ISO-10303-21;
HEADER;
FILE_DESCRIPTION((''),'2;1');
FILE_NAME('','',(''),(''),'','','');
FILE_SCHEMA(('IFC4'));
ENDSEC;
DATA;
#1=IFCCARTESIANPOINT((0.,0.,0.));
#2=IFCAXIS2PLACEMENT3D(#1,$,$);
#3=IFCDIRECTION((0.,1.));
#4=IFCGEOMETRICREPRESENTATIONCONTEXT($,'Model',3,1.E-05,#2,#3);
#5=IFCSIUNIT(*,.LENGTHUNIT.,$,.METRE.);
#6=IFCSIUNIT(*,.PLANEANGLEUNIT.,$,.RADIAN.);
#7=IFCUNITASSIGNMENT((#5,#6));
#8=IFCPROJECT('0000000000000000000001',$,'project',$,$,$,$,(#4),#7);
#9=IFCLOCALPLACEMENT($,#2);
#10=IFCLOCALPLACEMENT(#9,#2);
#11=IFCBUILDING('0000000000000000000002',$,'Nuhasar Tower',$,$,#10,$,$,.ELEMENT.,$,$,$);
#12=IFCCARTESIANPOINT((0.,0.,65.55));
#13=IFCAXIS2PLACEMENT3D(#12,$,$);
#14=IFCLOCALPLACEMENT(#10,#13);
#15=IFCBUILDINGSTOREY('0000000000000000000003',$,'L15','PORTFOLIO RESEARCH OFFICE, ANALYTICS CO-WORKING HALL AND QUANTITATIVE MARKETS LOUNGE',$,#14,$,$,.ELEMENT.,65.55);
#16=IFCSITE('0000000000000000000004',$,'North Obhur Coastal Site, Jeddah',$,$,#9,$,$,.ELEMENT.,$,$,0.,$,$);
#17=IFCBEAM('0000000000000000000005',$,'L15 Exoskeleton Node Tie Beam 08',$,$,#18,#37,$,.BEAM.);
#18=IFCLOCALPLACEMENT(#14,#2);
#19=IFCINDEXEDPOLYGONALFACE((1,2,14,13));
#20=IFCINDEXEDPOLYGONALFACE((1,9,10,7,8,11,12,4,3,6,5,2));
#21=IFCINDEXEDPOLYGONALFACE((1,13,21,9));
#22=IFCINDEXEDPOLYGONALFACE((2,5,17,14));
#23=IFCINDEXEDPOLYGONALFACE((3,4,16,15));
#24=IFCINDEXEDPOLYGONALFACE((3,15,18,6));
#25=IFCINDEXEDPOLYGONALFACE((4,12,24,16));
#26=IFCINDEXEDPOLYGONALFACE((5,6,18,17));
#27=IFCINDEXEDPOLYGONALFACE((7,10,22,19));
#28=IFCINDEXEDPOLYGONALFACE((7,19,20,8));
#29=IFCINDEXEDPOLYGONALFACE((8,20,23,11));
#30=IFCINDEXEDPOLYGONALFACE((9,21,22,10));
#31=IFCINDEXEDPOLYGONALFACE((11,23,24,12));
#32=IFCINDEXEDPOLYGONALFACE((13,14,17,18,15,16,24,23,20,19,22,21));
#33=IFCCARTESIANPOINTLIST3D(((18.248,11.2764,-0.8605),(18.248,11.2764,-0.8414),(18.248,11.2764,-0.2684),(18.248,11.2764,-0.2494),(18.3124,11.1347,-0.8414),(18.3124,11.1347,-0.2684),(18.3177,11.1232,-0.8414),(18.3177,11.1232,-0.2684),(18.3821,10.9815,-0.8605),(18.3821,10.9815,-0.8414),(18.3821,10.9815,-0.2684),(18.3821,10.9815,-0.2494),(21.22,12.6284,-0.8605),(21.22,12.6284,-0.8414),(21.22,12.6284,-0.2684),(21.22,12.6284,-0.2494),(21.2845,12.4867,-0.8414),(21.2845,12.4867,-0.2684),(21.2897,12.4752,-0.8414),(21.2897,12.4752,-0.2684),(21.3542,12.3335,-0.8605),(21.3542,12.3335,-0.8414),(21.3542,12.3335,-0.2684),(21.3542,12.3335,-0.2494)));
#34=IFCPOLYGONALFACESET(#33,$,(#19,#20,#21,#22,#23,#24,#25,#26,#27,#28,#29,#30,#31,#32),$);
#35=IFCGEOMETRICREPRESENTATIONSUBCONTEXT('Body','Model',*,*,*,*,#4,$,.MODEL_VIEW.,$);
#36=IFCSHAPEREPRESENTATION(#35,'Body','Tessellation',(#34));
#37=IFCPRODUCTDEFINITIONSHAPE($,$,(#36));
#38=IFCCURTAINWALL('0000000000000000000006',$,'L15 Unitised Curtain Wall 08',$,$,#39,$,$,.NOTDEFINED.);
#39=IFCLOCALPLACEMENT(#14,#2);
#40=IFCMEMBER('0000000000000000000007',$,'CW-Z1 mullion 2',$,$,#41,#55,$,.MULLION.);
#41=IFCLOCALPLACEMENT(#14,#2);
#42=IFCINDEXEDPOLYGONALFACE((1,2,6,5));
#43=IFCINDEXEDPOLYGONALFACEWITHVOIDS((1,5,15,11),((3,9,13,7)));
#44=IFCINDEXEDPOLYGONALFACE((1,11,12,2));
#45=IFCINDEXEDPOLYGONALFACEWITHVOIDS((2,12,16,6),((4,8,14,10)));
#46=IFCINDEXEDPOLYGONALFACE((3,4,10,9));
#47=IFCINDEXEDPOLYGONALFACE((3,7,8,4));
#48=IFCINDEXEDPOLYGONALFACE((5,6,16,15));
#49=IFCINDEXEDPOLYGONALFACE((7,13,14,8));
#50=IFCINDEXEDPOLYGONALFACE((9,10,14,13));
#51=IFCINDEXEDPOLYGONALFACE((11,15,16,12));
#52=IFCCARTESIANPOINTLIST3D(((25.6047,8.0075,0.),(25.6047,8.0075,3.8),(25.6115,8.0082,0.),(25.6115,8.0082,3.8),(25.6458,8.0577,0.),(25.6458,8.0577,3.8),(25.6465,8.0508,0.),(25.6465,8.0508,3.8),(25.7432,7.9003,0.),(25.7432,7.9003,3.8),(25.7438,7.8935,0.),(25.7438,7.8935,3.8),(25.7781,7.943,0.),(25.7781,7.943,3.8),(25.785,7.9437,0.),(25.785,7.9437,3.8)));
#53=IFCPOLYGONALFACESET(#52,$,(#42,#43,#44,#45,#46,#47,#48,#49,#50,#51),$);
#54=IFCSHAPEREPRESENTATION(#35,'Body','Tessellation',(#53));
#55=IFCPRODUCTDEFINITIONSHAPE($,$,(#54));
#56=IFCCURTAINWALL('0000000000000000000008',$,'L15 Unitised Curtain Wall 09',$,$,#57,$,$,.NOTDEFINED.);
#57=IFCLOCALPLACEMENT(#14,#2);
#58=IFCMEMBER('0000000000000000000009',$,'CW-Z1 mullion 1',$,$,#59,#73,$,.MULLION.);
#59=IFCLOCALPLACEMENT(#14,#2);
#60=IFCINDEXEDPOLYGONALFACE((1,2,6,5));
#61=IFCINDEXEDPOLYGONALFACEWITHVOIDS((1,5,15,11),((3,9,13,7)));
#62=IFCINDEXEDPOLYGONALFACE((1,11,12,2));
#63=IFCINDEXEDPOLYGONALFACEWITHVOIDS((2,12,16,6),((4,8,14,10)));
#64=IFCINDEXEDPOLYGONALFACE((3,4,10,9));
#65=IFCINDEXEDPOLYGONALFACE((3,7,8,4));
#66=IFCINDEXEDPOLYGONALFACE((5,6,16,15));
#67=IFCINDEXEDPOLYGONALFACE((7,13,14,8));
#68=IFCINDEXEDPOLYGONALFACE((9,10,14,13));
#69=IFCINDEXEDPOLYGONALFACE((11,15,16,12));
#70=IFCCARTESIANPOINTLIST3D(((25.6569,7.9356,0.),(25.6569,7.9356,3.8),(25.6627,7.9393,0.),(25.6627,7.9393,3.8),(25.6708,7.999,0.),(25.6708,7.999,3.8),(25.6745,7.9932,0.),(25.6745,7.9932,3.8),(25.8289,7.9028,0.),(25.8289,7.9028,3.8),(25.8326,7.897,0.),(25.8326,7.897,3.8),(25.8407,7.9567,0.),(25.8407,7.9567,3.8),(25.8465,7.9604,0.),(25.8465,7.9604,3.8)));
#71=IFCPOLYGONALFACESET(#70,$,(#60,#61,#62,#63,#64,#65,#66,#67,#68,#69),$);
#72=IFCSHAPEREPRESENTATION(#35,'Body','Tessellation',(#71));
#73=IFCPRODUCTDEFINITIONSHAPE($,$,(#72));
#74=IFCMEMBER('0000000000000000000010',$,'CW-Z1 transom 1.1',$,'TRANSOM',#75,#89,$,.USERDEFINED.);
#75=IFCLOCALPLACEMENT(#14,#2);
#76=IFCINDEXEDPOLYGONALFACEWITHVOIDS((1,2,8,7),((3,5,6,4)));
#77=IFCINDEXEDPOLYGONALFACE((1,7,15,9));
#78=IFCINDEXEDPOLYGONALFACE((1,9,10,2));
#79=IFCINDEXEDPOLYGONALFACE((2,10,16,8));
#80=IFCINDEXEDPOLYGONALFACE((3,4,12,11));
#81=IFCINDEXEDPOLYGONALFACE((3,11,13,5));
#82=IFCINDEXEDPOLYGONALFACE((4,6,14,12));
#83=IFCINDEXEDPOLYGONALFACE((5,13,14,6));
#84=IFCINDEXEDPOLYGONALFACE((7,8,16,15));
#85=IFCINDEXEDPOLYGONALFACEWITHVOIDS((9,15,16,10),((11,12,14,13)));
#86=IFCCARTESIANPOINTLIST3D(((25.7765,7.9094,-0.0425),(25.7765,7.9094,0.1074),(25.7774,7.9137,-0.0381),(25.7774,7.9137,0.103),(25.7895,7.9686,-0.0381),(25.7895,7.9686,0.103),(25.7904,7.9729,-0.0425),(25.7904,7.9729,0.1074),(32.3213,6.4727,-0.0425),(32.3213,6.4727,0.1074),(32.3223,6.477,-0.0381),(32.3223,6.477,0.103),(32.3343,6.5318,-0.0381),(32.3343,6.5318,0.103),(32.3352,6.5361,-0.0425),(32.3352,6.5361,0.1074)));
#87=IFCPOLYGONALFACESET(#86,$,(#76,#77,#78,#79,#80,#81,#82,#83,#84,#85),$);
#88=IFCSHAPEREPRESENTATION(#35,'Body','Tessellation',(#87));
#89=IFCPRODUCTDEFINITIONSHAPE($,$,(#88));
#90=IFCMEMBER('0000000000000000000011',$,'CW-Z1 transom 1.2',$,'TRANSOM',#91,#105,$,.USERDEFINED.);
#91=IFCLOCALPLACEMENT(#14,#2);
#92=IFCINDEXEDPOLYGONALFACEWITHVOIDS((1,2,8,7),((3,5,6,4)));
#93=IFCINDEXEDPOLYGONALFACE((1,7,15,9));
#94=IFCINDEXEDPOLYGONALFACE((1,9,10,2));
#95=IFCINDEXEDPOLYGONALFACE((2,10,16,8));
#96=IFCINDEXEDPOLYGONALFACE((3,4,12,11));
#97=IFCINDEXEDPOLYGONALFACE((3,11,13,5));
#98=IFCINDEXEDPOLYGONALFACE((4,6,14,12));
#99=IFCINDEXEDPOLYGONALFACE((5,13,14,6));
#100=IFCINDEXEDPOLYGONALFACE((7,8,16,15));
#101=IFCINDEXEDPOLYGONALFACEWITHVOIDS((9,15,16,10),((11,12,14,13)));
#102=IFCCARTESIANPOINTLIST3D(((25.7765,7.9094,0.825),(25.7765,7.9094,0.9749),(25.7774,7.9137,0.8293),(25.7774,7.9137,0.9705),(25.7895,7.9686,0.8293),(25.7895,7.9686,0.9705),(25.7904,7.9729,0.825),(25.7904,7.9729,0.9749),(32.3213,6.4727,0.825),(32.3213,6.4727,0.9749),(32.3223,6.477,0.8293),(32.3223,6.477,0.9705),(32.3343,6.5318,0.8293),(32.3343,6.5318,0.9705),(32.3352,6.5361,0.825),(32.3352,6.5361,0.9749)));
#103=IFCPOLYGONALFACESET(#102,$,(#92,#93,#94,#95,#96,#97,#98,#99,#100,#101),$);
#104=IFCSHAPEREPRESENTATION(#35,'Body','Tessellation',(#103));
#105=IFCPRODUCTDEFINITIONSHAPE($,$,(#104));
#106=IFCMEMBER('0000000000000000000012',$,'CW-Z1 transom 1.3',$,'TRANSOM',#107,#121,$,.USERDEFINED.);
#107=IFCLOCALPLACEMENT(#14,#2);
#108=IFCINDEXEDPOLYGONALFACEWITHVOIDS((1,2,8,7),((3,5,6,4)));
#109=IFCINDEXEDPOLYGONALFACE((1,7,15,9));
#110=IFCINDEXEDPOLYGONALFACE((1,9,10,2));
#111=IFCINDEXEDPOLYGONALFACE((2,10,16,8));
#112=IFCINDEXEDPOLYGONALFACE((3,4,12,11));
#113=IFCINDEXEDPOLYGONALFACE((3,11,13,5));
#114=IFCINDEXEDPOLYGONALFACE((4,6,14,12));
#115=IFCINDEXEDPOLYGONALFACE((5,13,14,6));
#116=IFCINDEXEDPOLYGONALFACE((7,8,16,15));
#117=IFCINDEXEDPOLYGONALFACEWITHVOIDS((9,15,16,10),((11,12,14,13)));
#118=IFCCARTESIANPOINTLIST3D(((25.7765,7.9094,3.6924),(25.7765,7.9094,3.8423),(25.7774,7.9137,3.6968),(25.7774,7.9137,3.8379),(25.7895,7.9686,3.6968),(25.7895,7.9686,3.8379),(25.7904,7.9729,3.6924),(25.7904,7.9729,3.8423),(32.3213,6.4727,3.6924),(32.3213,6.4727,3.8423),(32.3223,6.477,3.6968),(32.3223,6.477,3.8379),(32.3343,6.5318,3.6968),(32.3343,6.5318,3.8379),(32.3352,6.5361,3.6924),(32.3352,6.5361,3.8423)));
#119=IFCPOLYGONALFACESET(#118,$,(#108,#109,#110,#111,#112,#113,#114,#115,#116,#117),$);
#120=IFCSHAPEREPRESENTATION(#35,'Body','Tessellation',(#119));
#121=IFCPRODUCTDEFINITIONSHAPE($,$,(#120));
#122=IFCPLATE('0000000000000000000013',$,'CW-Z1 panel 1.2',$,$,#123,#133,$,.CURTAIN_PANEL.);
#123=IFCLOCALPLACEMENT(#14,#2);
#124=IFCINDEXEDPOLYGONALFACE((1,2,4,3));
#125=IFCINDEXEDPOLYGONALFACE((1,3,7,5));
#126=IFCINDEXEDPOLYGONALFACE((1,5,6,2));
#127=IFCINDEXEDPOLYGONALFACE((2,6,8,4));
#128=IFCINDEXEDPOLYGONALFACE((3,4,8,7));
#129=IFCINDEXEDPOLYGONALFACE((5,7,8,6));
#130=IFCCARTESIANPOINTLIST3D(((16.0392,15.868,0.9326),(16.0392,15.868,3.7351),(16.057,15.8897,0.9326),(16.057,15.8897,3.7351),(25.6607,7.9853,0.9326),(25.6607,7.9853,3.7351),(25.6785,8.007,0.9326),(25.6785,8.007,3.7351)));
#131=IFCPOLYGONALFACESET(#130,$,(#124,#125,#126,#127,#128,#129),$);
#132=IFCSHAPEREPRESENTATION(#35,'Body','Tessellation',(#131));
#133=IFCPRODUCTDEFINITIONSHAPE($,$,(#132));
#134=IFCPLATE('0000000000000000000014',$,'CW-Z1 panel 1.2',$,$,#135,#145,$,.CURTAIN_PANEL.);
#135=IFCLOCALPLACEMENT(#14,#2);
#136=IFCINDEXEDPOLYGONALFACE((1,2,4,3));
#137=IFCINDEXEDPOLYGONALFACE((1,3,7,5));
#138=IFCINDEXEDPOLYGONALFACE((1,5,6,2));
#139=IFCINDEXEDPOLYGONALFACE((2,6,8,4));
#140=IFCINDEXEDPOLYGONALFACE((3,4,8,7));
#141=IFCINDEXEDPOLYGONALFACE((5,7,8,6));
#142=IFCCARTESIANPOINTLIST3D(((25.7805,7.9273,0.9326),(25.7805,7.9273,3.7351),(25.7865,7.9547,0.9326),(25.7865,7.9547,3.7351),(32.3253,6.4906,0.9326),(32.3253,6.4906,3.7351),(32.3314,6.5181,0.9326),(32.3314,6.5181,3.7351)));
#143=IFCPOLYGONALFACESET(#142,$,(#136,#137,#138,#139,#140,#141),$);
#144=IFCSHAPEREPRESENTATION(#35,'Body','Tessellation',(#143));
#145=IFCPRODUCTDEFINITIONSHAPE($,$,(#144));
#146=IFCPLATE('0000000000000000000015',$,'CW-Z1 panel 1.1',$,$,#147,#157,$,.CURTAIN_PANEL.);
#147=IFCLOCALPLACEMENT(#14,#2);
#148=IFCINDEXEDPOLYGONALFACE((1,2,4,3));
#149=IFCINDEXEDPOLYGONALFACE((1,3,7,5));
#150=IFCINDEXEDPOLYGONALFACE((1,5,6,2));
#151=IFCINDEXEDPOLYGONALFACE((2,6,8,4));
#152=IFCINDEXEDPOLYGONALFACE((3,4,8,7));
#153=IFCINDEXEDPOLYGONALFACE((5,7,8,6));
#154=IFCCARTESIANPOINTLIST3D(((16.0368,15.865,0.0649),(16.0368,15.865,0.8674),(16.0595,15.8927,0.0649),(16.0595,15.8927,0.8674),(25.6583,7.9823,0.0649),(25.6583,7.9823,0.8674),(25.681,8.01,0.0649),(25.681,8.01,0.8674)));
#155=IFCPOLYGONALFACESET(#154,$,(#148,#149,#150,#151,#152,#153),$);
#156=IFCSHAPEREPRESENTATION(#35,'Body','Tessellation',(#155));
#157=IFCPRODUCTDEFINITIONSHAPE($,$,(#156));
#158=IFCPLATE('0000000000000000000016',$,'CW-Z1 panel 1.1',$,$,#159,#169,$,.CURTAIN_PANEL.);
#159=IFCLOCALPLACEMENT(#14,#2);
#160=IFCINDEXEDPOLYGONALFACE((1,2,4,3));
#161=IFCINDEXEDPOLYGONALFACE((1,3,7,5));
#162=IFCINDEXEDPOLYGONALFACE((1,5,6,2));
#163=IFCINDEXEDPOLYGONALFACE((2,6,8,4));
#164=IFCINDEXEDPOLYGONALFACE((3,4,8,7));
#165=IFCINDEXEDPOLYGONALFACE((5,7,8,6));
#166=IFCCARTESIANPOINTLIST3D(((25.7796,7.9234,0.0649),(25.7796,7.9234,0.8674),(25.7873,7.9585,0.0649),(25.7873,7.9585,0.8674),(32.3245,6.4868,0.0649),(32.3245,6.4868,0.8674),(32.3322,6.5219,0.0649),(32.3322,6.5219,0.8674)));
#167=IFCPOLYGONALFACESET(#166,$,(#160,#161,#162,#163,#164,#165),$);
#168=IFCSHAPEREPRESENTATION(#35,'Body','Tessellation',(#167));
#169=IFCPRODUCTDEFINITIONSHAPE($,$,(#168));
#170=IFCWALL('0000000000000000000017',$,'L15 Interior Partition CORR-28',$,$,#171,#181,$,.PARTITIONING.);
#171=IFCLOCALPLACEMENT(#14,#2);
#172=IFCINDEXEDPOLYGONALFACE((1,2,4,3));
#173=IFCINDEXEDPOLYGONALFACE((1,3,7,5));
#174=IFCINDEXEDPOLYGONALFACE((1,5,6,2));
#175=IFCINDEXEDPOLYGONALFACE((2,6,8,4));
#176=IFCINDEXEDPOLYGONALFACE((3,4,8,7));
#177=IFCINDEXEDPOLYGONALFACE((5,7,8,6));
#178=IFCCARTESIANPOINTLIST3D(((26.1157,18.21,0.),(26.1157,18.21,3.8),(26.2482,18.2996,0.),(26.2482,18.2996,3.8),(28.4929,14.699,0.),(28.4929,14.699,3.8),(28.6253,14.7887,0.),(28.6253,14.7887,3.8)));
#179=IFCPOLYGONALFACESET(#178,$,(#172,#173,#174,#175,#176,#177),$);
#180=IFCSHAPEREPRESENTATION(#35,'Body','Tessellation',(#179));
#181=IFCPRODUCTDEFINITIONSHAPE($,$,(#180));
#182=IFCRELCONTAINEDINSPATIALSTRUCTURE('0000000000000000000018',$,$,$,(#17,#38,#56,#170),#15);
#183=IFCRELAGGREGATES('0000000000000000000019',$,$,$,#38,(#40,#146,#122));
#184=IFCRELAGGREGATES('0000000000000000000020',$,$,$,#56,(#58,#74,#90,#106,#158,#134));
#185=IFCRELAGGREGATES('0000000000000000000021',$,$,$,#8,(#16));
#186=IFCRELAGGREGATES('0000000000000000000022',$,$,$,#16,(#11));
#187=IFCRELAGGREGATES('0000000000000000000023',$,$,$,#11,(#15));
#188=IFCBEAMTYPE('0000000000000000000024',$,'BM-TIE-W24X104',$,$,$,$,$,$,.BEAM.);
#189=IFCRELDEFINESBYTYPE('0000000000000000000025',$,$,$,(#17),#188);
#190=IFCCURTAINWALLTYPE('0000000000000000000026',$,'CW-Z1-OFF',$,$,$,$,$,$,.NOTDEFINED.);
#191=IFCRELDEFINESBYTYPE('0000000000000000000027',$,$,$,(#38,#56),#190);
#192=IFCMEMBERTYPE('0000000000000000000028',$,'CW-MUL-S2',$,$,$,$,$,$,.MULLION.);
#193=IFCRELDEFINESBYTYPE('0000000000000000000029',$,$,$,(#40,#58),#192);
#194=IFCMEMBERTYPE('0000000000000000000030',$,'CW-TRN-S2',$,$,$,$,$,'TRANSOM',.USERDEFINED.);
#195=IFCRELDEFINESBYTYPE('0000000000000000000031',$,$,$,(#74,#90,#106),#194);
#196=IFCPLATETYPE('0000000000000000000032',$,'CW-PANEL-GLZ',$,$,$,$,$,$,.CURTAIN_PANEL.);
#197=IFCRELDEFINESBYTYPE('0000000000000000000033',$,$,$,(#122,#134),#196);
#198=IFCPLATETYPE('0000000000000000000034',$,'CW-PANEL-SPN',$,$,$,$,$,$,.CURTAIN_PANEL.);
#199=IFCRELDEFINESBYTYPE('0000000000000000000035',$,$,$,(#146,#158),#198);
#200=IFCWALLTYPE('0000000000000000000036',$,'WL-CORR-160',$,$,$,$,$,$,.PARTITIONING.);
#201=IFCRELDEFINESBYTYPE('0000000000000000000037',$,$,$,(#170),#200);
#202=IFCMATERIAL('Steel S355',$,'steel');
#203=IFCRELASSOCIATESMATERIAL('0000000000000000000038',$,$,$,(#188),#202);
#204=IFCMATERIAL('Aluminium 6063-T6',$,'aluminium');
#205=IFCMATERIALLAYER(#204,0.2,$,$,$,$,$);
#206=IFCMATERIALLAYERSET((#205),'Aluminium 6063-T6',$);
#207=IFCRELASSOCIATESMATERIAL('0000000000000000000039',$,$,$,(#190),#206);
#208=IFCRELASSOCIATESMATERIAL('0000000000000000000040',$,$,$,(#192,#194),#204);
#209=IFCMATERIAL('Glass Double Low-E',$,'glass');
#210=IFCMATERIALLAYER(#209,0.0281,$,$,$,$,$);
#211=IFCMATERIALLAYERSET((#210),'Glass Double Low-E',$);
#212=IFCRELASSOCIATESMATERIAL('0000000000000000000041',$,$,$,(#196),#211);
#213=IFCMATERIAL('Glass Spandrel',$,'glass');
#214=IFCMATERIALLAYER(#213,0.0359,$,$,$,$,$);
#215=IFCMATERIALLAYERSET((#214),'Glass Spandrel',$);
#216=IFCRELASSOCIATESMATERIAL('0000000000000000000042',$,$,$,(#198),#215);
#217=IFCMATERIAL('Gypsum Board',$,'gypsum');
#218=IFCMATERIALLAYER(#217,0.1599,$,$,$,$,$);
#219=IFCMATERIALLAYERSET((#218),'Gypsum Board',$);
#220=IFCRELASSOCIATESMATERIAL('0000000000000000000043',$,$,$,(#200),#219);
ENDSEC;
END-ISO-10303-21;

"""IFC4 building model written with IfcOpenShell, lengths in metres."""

from ifc_helpers import new_model, si_unit, direction, frame, frame_2d, origin, origin_2d, place, context, subcontext, project, spatial, rectangle, hollow_rectangle, i_section, extrude, material, layer, layer_set, material_profile, profile_set, type_object, element, aggregate, save


model = new_model("IFC4")

# Units and contexts
model_context = context("Model", 3, precision=1e-05, world=origin(), true_north=direction((0.0, 1.0)))
body_context = subcontext(model_context, "Body", "Model", "MODEL_VIEW")
ifc_project = project(units=[si_unit("LENGTHUNIT", "METRE"), si_unit("PLANEANGLEUNIT", "RADIAN")], contexts=[model_context])

# Site, building, storey
site_placement = place(None, origin())
site = spatial("IfcSite", under=ifc_project, at=site_placement, Name="North Obhur Coastal Site, Jeddah", CompositionType="ELEMENT", RefElevation=0.0)
building_placement = place(site_placement, origin())
building = spatial("IfcBuilding", under=site, at=building_placement, Name="Nuhasar Tower", CompositionType="ELEMENT")
storey_placement = place(building_placement, frame((0.0, 0.0, 65.55)))
storey = spatial("IfcBuildingStorey", under=building, at=storey_placement, Name="L15", Description="PORTFOLIO RESEARCH OFFICE, ANALYTICS CO-WORKING HALL AND QUANTITATIVE MARKETS LOUNGE", CompositionType="ELEMENT", Elevation=65.55)

# Beam
ifc_material_1 = material(Name="Steel S355", Category="steel")
ifc_material_profile_1 = material_profile(ifc_material_1, i_section(OverallWidth=0.324, OverallDepth=0.6111, WebThickness=0.0127, FlangeThickness=0.019, at=origin_2d()), Name="W24X104")
ifc_profile_set_1 = profile_set([ifc_material_profile_1], Name="Steel S355")
beam_type_1 = type_object("IfcBeamType", Name="BM-TIE-W24X104", PredefinedType="BEAM", material=ifc_profile_set_1)
beam_1_placement = place(storey_placement, frame((21.2871, 12.481, -0.5549), z_axis=(-0.910244, -0.414073, 0.0), x_axis=(0.414073, -0.910244, 0.0)))
element("IfcBeam", 1, at=beam_1_placement, inside=storey, type_object=beam_type_1, Name="L15 Exoskeleton Node Tie Beam 08", PredefinedType="BEAM", context=body_context, shape_type="SweptSolid", body=[
    extrude(i_section(OverallWidth=0.324, OverallDepth=0.6111, WebThickness=0.0127, FlangeThickness=0.019, at=origin_2d()), origin(), (0.0, 0.0, 1.0), 3.2651),
])

# Curtain wall, member
ifc_material_2 = material(Name="Aluminium 6063-T6", Category="aluminium")
ifc_layer_1 = layer(ifc_material_2, 0.2)
ifc_layer_set_1 = layer_set([ifc_layer_1], Name="Aluminium 6063-T6")
curtain_wall_type = type_object("IfcCurtainWallType", Name="CW-Z1-OFF", PredefinedType="NOTDEFINED", material=ifc_layer_set_1)
curtain_wall_1_placement = place(storey_placement, origin())
curtain_wall_1 = element("IfcCurtainWall", 2, at=curtain_wall_1_placement, inside=storey, type_object=curtain_wall_type, Name="L15 Unitised Curtain Wall 08", PredefinedType="NOTDEFINED")
ifc_material_profile_2 = material_profile(ifc_material_2, hollow_rectangle(XDim=0.0649, YDim=0.1799, WallThickness=0.0049, at=origin_2d()), Name="CWM-2")
ifc_profile_set_2 = profile_set([ifc_material_profile_2], Name="Aluminium 6063-T6")
member_type_1 = type_object("IfcMemberType", Name="CW-MUL-S2", PredefinedType="MULLION", material=ifc_profile_set_2)
member_1_placement = place(storey_placement, frame((25.6948, 7.9756, 0.0), z_axis=(0.0, 0.0, 1.0), x_axis=(0.633745, 0.773542, 0.0)))
member_1 = element("IfcMember", 3, at=member_1_placement, type_object=member_type_1, Name="CW-Z1 mullion 2", PredefinedType="MULLION", context=body_context, shape_type="SweptSolid", body=[
    extrude(hollow_rectangle(XDim=0.0649, YDim=0.1799, WallThickness=0.0049, at=origin_2d()), origin(), (0.0, 0.0, 1.0), 3.8),
])

# Curtain wall, members
curtain_wall_2_placement = place(storey_placement, origin())
curtain_wall_2 = element("IfcCurtainWall", 4, at=curtain_wall_2_placement, inside=storey, type_object=curtain_wall_type, Name="L15 Unitised Curtain Wall 09", PredefinedType="NOTDEFINED")
member_2_placement = place(storey_placement, frame((25.7517, 7.948, 0.0), z_axis=(0.0, 0.0, 1.0), x_axis=(0.214399, 0.976746, 0.0)))
member_2 = element("IfcMember", 5, at=member_2_placement, type_object=member_type_1, Name="CW-Z1 mullion 1", PredefinedType="MULLION", context=body_context, shape_type="SweptSolid", body=[
    extrude(hollow_rectangle(XDim=0.0649, YDim=0.1799, WallThickness=0.0049, at=origin_2d()), origin(), (0.0, 0.0, 1.0), 3.8),
])
ifc_material_profile_3 = material_profile(ifc_material_2, hollow_rectangle(XDim=0.0649, YDim=0.1499, WallThickness=0.0044, at=origin_2d()), Name="CWT-2")
ifc_profile_set_3 = profile_set([ifc_material_profile_3], Name="Aluminium 6063-T6")
member_type_2 = type_object("IfcMemberType", Name="CW-TRN-S2", ElementType="TRANSOM", PredefinedType="USERDEFINED", material=ifc_profile_set_3)
member_3_placement = place(storey_placement, frame((25.7834, 7.9412, 0.0325), z_axis=(0.976742, -0.214418, 0.0), x_axis=(0.214418, 0.976742, 0.0)))
member_3 = element("IfcMember", 6, at=member_3_placement, type_object=member_type_2, Name="CW-Z1 transom 1.1", ObjectType="TRANSOM", PredefinedType="USERDEFINED", context=body_context, shape_type="SweptSolid", body=[
    extrude(hollow_rectangle(XDim=0.0649, YDim=0.1499, WallThickness=0.0044, at=origin_2d()), origin(), (0.0, 0.0, 1.0), 6.7007),
])
member_4_placement = place(storey_placement, frame((25.7834, 7.9412, 0.8999), z_axis=(0.976742, -0.214418, 0.0), x_axis=(0.214418, 0.976742, 0.0)))
member_4 = element("IfcMember", 7, at=member_4_placement, type_object=member_type_2, Name="CW-Z1 transom 1.2", ObjectType="TRANSOM", PredefinedType="USERDEFINED", context=body_context, shape_type="SweptSolid", body=[
    extrude(hollow_rectangle(XDim=0.0649, YDim=0.1499, WallThickness=0.0044, at=origin_2d()), origin(), (0.0, 0.0, 1.0), 6.7007),
])
member_5_placement = place(storey_placement, frame((25.7834, 7.9412, 3.7673), z_axis=(0.976742, -0.214418, 0.0), x_axis=(0.214418, 0.976742, 0.0)))
member_5 = element("IfcMember", 8, at=member_5_placement, type_object=member_type_2, Name="CW-Z1 transom 1.3", ObjectType="TRANSOM", PredefinedType="USERDEFINED", context=body_context, shape_type="SweptSolid", body=[
    extrude(hollow_rectangle(XDim=0.0649, YDim=0.1499, WallThickness=0.0044, at=origin_2d()), origin(), (0.0, 0.0, 1.0), 6.7007),
])

# Plates
ifc_material_3 = material(Name="Glass Double Low-E", Category="glass")
ifc_layer_2 = layer(ifc_material_3, 0.0281)
ifc_layer_set_2 = layer_set([ifc_layer_2], Name="Glass Double Low-E")
plate_type_1 = type_object("IfcPlateType", Name="CW-PANEL-GLZ", PredefinedType="CURTAIN_PANEL", material=ifc_layer_set_2)
plate_1_placement = place(storey_placement, frame((20.8589, 11.9375, 0.9326), z_axis=(0.0, 0.0, 1.0), x_axis=(0.773542, -0.633745, 0.0)))
plate_1 = element("IfcPlate", 9, at=plate_1_placement, type_object=plate_type_1, Name="CW-Z1 panel 1.2", PredefinedType="CURTAIN_PANEL", context=body_context, shape_type="SweptSolid", body=[
    extrude(rectangle(XDim=12.4382, YDim=0.0281, at=origin_2d()), origin(), (0.0, 0.0, 1.0), 2.8025),
])
plate_2_placement = place(storey_placement, frame((29.0559, 7.2227, 0.9326), z_axis=(0.0, 0.0, 1.0), x_axis=(0.976746, -0.214399, 0.0)))
plate_2 = element("IfcPlate", 10, at=plate_2_placement, type_object=plate_type_1, Name="CW-Z1 panel 1.2", PredefinedType="CURTAIN_PANEL", context=body_context, shape_type="SweptSolid", body=[
    extrude(rectangle(XDim=6.7007, YDim=0.0281, at=origin_2d()), origin(), (0.0, 0.0, 1.0), 2.8025),
])
ifc_material_4 = material(Name="Glass Spandrel", Category="glass")
ifc_layer_3 = layer(ifc_material_4, 0.0359)
ifc_layer_set_3 = layer_set([ifc_layer_3], Name="Glass Spandrel")
plate_type_2 = type_object("IfcPlateType", Name="CW-PANEL-SPN", PredefinedType="CURTAIN_PANEL", material=ifc_layer_set_3)
plate_3_placement = place(storey_placement, frame((20.8589, 11.9375, 0.0649), z_axis=(0.0, 0.0, 1.0), x_axis=(0.773542, -0.633745, 0.0)))
plate_3 = element("IfcPlate", 11, at=plate_3_placement, type_object=plate_type_2, Name="CW-Z1 panel 1.1", PredefinedType="CURTAIN_PANEL", context=body_context, shape_type="SweptSolid", body=[
    extrude(rectangle(XDim=12.4382, YDim=0.0359, at=origin_2d()), origin(), (0.0, 0.0, 1.0), 0.8025),
])
aggregate(curtain_wall_1, [member_1, plate_3, plate_1])
plate_4_placement = place(storey_placement, frame((29.0559, 7.2227, 0.0649), z_axis=(0.0, 0.0, 1.0), x_axis=(0.976746, -0.214399, 0.0)))
plate_4 = element("IfcPlate", 12, at=plate_4_placement, type_object=plate_type_2, Name="CW-Z1 panel 1.1", PredefinedType="CURTAIN_PANEL", context=body_context, shape_type="SweptSolid", body=[
    extrude(rectangle(XDim=6.7007, YDim=0.0359, at=origin_2d()), origin(), (0.0, 0.0, 1.0), 0.8025),
])
aggregate(curtain_wall_2, [member_2, member_3, member_4, member_5, plate_4, plate_2])

# Wall
ifc_material_5 = material(Name="Gypsum Board", Category="gypsum")
ifc_layer_4 = layer(ifc_material_5, 0.1599)
ifc_layer_set_4 = layer_set([ifc_layer_4], Name="Gypsum Board")
wall_type_1 = type_object("IfcWallType", Name="WL-CORR-160", PredefinedType="PARTITIONING", material=ifc_layer_set_4)
wall_1_placement = place(storey_placement, frame((26.1819, 18.2549, 0.0), z_axis=(0.0, 0.0, 1.0), x_axis=(0.560652, -0.828051, 0.0)))
element("IfcWall", 13, at=wall_1_placement, inside=storey, type_object=wall_type_1, Name="L15 Interior Partition CORR-28", PredefinedType="PARTITIONING", context=body_context, shape_type="SweptSolid", body=[
    extrude(rectangle(XDim=4.24, YDim=0.1599, at=frame_2d((2.1201, 0.0))), origin(), (0.0, 0.0, 1.0), 3.8),
])

save(model, "model.ifc")
